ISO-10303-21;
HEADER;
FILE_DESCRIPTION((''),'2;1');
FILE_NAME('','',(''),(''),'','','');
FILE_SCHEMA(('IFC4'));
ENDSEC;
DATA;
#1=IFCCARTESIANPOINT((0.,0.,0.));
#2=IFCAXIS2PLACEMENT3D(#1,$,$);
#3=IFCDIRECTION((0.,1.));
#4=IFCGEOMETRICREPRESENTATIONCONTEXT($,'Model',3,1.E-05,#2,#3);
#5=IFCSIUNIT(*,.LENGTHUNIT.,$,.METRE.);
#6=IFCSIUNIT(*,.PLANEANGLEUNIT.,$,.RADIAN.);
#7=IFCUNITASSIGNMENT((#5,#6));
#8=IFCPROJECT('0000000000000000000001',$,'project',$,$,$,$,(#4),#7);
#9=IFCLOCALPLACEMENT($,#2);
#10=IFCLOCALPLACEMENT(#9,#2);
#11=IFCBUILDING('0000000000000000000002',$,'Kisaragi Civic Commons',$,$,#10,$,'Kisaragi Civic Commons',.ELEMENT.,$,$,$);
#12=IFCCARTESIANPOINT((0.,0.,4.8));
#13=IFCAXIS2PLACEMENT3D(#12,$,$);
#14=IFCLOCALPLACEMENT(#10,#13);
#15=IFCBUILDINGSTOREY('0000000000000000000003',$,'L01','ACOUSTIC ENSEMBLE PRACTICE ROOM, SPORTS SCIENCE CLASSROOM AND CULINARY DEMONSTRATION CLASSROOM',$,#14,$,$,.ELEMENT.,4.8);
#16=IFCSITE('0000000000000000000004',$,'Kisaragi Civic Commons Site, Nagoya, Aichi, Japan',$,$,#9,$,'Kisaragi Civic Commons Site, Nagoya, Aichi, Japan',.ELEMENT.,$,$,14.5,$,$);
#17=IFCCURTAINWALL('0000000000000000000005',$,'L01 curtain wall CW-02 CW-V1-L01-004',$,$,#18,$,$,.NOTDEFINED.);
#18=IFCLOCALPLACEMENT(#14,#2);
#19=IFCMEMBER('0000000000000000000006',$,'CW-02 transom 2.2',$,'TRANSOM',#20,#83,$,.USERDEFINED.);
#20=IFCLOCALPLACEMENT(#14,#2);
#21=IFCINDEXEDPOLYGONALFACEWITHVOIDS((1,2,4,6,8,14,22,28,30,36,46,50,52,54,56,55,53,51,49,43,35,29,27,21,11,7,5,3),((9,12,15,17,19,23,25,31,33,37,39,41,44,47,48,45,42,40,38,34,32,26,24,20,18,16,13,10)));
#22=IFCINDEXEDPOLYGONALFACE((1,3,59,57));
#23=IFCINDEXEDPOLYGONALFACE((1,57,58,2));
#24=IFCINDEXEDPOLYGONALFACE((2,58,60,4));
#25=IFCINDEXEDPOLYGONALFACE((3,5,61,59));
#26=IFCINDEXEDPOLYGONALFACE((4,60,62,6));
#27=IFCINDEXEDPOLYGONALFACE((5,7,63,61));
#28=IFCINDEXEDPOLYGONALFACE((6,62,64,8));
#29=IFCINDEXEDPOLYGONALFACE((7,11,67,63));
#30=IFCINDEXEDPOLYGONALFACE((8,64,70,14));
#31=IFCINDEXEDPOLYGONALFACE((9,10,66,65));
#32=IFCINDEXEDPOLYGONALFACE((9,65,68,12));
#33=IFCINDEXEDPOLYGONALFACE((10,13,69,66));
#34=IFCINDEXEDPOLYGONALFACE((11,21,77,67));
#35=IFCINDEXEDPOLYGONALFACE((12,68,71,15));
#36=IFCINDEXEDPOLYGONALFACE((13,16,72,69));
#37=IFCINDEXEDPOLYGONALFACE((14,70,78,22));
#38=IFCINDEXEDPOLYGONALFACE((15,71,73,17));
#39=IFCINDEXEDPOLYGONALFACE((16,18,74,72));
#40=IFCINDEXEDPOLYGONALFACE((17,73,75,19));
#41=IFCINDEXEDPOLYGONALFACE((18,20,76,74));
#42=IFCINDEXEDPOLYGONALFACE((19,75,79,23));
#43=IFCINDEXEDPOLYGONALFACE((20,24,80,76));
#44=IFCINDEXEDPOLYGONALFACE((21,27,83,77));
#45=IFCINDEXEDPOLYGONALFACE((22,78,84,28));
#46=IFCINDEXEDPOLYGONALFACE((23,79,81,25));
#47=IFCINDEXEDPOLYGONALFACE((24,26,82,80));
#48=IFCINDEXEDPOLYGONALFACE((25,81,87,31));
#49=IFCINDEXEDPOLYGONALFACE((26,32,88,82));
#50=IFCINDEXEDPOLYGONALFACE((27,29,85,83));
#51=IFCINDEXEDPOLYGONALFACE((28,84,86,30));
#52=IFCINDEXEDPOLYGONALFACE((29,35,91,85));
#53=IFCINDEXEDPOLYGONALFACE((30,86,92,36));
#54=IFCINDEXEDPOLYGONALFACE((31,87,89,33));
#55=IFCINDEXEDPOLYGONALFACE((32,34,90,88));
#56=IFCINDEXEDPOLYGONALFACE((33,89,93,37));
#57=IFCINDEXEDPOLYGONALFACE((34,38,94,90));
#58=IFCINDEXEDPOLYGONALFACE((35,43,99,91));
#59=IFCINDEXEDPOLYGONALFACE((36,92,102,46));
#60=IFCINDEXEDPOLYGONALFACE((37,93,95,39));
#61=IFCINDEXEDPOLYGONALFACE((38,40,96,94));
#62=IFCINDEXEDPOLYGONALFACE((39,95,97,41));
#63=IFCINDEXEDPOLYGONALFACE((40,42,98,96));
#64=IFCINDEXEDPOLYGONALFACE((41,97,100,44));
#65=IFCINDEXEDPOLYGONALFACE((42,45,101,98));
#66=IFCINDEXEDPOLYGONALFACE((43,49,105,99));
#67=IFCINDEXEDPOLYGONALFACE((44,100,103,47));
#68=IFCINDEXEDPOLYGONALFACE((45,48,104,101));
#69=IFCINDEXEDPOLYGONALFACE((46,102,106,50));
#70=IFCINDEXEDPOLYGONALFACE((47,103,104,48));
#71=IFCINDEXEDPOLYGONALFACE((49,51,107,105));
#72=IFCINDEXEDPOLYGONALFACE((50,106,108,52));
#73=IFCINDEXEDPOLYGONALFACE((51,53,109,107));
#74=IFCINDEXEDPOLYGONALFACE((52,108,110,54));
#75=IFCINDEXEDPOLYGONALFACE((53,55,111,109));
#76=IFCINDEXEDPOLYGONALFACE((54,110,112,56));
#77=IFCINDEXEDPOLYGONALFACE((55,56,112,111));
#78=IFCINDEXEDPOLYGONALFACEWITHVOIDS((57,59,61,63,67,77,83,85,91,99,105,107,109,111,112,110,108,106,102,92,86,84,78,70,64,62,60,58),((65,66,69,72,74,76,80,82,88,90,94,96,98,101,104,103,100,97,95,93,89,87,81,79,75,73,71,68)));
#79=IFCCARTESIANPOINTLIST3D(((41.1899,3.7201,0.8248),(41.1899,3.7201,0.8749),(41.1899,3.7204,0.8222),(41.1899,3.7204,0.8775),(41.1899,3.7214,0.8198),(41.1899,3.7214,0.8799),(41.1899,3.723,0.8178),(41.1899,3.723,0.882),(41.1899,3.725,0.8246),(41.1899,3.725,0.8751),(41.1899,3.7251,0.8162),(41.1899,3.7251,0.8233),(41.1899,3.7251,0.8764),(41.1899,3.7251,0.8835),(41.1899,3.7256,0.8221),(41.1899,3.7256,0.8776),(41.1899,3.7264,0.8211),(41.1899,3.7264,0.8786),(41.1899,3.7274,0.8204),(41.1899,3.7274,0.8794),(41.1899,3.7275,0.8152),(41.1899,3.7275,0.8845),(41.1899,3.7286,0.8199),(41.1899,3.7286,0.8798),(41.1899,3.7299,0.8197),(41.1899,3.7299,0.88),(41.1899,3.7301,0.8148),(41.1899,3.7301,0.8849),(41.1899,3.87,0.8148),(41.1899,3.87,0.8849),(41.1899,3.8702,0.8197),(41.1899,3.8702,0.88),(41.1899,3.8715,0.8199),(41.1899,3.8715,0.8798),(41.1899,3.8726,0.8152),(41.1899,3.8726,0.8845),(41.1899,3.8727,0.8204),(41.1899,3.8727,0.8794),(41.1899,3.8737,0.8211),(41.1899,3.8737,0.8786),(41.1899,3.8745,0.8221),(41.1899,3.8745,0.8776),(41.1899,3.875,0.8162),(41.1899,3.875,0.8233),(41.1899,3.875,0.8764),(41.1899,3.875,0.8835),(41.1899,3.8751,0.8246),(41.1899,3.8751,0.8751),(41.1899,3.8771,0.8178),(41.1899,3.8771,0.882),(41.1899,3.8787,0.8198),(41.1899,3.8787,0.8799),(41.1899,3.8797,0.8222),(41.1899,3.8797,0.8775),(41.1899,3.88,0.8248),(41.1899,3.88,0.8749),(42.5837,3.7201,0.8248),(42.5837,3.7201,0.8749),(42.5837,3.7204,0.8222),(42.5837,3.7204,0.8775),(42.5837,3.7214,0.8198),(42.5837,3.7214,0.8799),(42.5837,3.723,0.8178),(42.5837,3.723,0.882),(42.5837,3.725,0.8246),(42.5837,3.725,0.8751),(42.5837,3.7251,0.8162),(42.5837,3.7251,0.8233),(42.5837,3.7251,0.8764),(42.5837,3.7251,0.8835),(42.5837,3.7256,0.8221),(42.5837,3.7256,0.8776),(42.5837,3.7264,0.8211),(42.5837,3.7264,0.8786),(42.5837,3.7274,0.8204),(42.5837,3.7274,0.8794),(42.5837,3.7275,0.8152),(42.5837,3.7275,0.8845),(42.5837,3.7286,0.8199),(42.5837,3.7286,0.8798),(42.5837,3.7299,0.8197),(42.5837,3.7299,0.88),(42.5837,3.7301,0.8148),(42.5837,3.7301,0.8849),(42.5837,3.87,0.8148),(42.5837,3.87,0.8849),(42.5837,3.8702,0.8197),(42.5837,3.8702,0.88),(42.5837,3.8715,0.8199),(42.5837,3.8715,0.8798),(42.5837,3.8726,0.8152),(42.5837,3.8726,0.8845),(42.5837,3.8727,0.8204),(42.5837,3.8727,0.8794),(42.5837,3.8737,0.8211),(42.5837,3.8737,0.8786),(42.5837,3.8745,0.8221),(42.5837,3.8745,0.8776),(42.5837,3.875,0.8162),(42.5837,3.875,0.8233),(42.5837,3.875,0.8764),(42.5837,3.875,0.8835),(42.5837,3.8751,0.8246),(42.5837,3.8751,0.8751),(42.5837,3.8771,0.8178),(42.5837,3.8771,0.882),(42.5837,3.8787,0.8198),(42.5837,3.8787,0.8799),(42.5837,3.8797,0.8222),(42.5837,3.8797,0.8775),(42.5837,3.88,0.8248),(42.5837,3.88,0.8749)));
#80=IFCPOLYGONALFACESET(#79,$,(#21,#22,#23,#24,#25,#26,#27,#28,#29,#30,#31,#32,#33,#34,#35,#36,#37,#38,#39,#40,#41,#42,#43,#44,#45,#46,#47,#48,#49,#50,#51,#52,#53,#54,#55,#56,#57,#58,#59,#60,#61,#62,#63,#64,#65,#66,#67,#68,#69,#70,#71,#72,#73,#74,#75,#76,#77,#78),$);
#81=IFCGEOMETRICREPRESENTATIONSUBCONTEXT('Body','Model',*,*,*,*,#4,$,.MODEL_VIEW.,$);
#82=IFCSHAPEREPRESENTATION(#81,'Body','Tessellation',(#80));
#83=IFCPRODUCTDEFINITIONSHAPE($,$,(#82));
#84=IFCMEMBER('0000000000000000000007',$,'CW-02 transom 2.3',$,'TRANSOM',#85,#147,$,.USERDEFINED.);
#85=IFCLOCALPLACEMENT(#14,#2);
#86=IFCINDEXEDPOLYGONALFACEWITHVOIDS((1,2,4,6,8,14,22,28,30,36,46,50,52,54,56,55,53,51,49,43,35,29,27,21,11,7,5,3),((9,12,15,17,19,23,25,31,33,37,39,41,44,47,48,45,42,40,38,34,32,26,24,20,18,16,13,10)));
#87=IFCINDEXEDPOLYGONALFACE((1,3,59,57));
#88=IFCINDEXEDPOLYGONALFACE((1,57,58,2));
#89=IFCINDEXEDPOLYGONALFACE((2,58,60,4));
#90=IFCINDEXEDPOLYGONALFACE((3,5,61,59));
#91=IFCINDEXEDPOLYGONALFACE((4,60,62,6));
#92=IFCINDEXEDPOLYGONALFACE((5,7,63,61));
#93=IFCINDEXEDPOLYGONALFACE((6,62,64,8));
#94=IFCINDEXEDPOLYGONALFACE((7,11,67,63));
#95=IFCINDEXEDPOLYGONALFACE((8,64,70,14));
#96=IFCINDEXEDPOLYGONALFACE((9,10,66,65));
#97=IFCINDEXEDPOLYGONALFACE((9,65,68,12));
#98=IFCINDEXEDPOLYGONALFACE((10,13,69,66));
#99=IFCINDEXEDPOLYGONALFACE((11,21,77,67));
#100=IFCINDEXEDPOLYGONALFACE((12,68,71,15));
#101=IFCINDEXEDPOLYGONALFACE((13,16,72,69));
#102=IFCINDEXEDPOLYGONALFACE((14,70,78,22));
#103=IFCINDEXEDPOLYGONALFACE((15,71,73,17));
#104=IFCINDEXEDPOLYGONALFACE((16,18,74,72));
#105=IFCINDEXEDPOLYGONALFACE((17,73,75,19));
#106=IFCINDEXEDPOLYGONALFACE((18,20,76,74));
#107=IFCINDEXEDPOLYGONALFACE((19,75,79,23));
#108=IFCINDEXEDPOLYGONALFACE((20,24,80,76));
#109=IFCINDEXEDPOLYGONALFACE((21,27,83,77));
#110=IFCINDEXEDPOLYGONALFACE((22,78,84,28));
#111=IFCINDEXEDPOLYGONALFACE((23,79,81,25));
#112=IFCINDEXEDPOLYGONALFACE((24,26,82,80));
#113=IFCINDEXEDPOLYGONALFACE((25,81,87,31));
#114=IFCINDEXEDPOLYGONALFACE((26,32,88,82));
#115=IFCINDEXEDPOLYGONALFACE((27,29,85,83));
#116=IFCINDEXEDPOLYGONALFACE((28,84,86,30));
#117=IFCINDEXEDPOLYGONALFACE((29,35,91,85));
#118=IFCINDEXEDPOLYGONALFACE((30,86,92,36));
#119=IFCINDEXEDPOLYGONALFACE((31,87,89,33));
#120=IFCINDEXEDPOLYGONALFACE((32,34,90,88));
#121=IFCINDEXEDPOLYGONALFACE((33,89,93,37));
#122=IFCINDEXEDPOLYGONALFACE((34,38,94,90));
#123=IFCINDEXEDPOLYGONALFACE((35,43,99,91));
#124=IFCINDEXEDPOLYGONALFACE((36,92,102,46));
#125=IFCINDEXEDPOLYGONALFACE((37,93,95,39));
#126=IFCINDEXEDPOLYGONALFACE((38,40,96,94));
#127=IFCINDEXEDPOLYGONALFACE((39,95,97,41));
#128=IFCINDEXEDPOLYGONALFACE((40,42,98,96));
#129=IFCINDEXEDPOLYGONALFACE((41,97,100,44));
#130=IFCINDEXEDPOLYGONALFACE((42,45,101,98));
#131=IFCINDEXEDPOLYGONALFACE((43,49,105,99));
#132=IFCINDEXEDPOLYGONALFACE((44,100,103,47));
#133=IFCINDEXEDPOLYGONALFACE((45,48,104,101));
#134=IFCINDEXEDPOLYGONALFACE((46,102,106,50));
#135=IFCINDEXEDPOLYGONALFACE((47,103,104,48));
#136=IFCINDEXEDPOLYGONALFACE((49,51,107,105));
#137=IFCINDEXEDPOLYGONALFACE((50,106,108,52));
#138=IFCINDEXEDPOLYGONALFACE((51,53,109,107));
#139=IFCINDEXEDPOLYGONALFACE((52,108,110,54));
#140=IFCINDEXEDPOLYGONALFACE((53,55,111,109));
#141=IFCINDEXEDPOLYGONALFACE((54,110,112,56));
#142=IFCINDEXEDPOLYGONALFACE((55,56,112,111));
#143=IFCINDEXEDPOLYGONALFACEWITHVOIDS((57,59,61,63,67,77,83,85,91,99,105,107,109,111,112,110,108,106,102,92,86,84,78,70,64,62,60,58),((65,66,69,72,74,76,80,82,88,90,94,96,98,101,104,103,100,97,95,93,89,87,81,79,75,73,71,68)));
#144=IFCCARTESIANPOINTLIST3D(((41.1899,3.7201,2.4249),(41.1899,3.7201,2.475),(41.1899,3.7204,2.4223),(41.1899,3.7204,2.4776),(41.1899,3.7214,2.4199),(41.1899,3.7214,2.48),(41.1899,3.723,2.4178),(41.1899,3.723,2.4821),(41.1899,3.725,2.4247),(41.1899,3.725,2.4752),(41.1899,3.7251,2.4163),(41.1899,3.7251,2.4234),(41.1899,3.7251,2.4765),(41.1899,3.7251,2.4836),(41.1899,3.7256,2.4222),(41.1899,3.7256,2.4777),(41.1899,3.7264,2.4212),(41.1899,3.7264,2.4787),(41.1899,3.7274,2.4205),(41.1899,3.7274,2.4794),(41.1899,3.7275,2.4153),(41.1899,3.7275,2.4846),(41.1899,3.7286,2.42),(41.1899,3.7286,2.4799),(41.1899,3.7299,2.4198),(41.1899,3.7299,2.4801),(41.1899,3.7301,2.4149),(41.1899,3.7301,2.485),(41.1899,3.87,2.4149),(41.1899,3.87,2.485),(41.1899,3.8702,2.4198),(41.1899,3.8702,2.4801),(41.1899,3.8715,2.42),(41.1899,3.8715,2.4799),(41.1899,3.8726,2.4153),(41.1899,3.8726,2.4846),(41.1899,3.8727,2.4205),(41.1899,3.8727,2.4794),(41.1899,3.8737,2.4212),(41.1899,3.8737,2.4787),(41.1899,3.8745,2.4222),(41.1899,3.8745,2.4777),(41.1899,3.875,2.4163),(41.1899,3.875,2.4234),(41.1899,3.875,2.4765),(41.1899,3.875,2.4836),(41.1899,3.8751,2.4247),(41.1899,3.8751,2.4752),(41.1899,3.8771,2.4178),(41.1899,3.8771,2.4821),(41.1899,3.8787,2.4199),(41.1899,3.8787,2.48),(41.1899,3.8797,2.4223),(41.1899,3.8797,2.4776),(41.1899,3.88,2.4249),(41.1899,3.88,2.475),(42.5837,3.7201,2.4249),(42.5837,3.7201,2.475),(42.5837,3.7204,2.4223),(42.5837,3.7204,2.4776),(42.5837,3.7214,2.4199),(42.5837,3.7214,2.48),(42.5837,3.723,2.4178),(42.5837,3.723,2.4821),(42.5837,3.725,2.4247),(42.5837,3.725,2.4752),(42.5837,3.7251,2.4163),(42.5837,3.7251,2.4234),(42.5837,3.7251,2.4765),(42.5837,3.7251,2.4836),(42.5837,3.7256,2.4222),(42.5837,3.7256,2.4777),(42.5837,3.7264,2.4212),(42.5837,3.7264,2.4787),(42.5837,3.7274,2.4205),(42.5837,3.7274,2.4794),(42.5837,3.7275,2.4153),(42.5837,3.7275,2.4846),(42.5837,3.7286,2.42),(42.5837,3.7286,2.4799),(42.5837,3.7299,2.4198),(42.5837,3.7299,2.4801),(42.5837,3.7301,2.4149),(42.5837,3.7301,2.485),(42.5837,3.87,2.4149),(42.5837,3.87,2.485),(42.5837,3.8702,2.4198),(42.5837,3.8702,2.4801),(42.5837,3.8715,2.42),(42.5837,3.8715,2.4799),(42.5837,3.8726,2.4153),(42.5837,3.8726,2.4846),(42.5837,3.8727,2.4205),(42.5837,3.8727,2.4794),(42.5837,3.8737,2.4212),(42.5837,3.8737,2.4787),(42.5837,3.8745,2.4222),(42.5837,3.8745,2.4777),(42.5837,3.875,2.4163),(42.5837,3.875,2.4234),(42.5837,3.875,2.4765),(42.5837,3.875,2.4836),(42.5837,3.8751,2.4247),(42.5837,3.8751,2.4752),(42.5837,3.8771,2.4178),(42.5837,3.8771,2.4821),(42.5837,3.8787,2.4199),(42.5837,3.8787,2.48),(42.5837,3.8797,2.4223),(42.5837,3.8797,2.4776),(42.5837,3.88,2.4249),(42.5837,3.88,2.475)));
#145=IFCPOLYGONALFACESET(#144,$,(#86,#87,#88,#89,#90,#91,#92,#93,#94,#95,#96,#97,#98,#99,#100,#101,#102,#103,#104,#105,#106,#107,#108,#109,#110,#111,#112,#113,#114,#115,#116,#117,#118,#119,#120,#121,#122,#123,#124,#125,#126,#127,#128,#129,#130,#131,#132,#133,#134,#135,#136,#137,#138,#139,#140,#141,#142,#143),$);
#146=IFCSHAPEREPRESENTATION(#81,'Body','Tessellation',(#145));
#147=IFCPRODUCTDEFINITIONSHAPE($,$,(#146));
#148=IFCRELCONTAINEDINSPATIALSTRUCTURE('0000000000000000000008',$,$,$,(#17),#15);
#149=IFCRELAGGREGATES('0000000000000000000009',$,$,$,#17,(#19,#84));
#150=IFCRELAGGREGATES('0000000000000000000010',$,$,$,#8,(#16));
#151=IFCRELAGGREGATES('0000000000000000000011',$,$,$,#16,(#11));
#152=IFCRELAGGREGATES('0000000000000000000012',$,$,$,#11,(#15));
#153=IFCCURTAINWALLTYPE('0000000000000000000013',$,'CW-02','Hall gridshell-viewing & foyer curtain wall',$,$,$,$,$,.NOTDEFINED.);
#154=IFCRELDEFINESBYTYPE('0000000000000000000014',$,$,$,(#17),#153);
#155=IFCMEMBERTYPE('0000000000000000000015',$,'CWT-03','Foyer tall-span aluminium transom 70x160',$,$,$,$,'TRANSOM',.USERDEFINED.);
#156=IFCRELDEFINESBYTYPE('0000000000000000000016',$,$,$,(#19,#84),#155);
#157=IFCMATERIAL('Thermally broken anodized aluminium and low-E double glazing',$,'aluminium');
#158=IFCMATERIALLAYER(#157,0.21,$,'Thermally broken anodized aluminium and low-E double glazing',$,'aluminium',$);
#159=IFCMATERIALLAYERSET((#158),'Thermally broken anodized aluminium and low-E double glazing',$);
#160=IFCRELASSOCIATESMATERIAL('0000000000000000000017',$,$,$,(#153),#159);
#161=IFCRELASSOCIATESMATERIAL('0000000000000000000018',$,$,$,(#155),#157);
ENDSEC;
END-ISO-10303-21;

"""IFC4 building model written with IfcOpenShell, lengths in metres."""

from ifc_helpers import new_model, si_unit, direction, frame, origin, origin_2d, place, context, subcontext, project, spatial, hollow_rectangle, extrude, material, layer, layer_set, material_profile, profile_set, type_object, element, aggregate, save


model = new_model("IFC4")

# Units and contexts
model_context = context("Model", 3, precision=1e-05, world=origin(), true_north=direction((0.0, 1.0)))
body_context = subcontext(model_context, "Body", "Model", "MODEL_VIEW")
ifc_project = project(units=[si_unit("LENGTHUNIT", "METRE"), si_unit("PLANEANGLEUNIT", "RADIAN")], contexts=[model_context])

# Site, building, storey
site_placement = place(None, origin())
site = spatial("IfcSite", under=ifc_project, at=site_placement, Name="Kisaragi Civic Commons Site, Nagoya, Aichi, Japan", LongName="Kisaragi Civic Commons Site, Nagoya, Aichi, Japan", CompositionType="ELEMENT", RefElevation=14.5)
building_placement = place(site_placement, origin())
building = spatial("IfcBuilding", under=site, at=building_placement, Name="Kisaragi Civic Commons", LongName="Kisaragi Civic Commons", CompositionType="ELEMENT")
storey_placement = place(building_placement, frame((0.0, 0.0, 4.8)))
storey = spatial("IfcBuildingStorey", under=building, at=storey_placement, Name="L01", Description="ACOUSTIC ENSEMBLE PRACTICE ROOM, SPORTS SCIENCE CLASSROOM AND CULINARY DEMONSTRATION CLASSROOM", CompositionType="ELEMENT", Elevation=4.8)

# Shared definitions
ifc_material_1 = material(Name="Thermally broken anodized aluminium and low-E double glazing", Category="aluminium")
ifc_layer_1 = layer(ifc_material_1, 0.21, Name="Thermally broken anodized aluminium and low-E double glazing", Category="aluminium")
ifc_layer_set_1 = layer_set([ifc_layer_1], Name="Thermally broken anodized aluminium and low-E double glazing")
curtain_wall_type = type_object("IfcCurtainWallType", Name="CW-02", Description="Hall gridshell-viewing & foyer curtain wall", PredefinedType="NOTDEFINED", material=ifc_layer_set_1)

# Curtain wall, members
curtain_wall_1_placement = place(storey_placement, origin())
curtain_wall_1 = element("IfcCurtainWall", 1, at=curtain_wall_1_placement, inside=storey, type_object=curtain_wall_type, Name="L01 curtain wall CW-02 CW-V1-L01-004", PredefinedType="NOTDEFINED")
ifc_material_profile_1 = material_profile(ifc_material_1, hollow_rectangle(XDim=0.1599, YDim=0.0701, WallThickness=0.0049, InnerFilletRadius=0.0049, OuterFilletRadius=0.01, at=origin_2d()), Name="CWT-70x160x5", Category="aluminium")
ifc_profile_set_1 = profile_set([ifc_material_profile_1], Name="Thermally broken anodized aluminium and low-E double glazing")
member_type_1 = type_object("IfcMemberType", Name="CWT-03", Description="Foyer tall-span aluminium transom 70x160", ElementType="TRANSOM", PredefinedType="USERDEFINED", material=ifc_profile_set_1)
member_1_placement = place(storey_placement, frame((42.5837, 3.8, 0.8499), z_axis=(-1.0, 0.0, 0.0), x_axis=(0.0, -1.0, 0.0)))
member_1 = element("IfcMember", 2, at=member_1_placement, type_object=member_type_1, Name="CW-02 transom 2.2", ObjectType="TRANSOM", PredefinedType="USERDEFINED", context=body_context, shape_type="SweptSolid", body=[
    extrude(hollow_rectangle(XDim=0.1599, YDim=0.0701, WallThickness=0.0049, InnerFilletRadius=0.0049, OuterFilletRadius=0.01, at=origin_2d()), origin(), (0.0, 0.0, 1.0), 1.3938),
])
member_2_placement = place(storey_placement, frame((42.5837, 3.8, 2.45), z_axis=(-1.0, 0.0, 0.0), x_axis=(0.0, -1.0, 0.0)))
member_2 = element("IfcMember", 3, at=member_2_placement, type_object=member_type_1, Name="CW-02 transom 2.3", ObjectType="TRANSOM", PredefinedType="USERDEFINED", context=body_context, shape_type="SweptSolid", body=[
    extrude(hollow_rectangle(XDim=0.1599, YDim=0.0701, WallThickness=0.0049, InnerFilletRadius=0.0049, OuterFilletRadius=0.01, at=origin_2d()), origin(), (0.0, 0.0, 1.0), 1.3938),
])

aggregate(curtain_wall_1, [member_1, member_2])

save(model, "model.ifc")
